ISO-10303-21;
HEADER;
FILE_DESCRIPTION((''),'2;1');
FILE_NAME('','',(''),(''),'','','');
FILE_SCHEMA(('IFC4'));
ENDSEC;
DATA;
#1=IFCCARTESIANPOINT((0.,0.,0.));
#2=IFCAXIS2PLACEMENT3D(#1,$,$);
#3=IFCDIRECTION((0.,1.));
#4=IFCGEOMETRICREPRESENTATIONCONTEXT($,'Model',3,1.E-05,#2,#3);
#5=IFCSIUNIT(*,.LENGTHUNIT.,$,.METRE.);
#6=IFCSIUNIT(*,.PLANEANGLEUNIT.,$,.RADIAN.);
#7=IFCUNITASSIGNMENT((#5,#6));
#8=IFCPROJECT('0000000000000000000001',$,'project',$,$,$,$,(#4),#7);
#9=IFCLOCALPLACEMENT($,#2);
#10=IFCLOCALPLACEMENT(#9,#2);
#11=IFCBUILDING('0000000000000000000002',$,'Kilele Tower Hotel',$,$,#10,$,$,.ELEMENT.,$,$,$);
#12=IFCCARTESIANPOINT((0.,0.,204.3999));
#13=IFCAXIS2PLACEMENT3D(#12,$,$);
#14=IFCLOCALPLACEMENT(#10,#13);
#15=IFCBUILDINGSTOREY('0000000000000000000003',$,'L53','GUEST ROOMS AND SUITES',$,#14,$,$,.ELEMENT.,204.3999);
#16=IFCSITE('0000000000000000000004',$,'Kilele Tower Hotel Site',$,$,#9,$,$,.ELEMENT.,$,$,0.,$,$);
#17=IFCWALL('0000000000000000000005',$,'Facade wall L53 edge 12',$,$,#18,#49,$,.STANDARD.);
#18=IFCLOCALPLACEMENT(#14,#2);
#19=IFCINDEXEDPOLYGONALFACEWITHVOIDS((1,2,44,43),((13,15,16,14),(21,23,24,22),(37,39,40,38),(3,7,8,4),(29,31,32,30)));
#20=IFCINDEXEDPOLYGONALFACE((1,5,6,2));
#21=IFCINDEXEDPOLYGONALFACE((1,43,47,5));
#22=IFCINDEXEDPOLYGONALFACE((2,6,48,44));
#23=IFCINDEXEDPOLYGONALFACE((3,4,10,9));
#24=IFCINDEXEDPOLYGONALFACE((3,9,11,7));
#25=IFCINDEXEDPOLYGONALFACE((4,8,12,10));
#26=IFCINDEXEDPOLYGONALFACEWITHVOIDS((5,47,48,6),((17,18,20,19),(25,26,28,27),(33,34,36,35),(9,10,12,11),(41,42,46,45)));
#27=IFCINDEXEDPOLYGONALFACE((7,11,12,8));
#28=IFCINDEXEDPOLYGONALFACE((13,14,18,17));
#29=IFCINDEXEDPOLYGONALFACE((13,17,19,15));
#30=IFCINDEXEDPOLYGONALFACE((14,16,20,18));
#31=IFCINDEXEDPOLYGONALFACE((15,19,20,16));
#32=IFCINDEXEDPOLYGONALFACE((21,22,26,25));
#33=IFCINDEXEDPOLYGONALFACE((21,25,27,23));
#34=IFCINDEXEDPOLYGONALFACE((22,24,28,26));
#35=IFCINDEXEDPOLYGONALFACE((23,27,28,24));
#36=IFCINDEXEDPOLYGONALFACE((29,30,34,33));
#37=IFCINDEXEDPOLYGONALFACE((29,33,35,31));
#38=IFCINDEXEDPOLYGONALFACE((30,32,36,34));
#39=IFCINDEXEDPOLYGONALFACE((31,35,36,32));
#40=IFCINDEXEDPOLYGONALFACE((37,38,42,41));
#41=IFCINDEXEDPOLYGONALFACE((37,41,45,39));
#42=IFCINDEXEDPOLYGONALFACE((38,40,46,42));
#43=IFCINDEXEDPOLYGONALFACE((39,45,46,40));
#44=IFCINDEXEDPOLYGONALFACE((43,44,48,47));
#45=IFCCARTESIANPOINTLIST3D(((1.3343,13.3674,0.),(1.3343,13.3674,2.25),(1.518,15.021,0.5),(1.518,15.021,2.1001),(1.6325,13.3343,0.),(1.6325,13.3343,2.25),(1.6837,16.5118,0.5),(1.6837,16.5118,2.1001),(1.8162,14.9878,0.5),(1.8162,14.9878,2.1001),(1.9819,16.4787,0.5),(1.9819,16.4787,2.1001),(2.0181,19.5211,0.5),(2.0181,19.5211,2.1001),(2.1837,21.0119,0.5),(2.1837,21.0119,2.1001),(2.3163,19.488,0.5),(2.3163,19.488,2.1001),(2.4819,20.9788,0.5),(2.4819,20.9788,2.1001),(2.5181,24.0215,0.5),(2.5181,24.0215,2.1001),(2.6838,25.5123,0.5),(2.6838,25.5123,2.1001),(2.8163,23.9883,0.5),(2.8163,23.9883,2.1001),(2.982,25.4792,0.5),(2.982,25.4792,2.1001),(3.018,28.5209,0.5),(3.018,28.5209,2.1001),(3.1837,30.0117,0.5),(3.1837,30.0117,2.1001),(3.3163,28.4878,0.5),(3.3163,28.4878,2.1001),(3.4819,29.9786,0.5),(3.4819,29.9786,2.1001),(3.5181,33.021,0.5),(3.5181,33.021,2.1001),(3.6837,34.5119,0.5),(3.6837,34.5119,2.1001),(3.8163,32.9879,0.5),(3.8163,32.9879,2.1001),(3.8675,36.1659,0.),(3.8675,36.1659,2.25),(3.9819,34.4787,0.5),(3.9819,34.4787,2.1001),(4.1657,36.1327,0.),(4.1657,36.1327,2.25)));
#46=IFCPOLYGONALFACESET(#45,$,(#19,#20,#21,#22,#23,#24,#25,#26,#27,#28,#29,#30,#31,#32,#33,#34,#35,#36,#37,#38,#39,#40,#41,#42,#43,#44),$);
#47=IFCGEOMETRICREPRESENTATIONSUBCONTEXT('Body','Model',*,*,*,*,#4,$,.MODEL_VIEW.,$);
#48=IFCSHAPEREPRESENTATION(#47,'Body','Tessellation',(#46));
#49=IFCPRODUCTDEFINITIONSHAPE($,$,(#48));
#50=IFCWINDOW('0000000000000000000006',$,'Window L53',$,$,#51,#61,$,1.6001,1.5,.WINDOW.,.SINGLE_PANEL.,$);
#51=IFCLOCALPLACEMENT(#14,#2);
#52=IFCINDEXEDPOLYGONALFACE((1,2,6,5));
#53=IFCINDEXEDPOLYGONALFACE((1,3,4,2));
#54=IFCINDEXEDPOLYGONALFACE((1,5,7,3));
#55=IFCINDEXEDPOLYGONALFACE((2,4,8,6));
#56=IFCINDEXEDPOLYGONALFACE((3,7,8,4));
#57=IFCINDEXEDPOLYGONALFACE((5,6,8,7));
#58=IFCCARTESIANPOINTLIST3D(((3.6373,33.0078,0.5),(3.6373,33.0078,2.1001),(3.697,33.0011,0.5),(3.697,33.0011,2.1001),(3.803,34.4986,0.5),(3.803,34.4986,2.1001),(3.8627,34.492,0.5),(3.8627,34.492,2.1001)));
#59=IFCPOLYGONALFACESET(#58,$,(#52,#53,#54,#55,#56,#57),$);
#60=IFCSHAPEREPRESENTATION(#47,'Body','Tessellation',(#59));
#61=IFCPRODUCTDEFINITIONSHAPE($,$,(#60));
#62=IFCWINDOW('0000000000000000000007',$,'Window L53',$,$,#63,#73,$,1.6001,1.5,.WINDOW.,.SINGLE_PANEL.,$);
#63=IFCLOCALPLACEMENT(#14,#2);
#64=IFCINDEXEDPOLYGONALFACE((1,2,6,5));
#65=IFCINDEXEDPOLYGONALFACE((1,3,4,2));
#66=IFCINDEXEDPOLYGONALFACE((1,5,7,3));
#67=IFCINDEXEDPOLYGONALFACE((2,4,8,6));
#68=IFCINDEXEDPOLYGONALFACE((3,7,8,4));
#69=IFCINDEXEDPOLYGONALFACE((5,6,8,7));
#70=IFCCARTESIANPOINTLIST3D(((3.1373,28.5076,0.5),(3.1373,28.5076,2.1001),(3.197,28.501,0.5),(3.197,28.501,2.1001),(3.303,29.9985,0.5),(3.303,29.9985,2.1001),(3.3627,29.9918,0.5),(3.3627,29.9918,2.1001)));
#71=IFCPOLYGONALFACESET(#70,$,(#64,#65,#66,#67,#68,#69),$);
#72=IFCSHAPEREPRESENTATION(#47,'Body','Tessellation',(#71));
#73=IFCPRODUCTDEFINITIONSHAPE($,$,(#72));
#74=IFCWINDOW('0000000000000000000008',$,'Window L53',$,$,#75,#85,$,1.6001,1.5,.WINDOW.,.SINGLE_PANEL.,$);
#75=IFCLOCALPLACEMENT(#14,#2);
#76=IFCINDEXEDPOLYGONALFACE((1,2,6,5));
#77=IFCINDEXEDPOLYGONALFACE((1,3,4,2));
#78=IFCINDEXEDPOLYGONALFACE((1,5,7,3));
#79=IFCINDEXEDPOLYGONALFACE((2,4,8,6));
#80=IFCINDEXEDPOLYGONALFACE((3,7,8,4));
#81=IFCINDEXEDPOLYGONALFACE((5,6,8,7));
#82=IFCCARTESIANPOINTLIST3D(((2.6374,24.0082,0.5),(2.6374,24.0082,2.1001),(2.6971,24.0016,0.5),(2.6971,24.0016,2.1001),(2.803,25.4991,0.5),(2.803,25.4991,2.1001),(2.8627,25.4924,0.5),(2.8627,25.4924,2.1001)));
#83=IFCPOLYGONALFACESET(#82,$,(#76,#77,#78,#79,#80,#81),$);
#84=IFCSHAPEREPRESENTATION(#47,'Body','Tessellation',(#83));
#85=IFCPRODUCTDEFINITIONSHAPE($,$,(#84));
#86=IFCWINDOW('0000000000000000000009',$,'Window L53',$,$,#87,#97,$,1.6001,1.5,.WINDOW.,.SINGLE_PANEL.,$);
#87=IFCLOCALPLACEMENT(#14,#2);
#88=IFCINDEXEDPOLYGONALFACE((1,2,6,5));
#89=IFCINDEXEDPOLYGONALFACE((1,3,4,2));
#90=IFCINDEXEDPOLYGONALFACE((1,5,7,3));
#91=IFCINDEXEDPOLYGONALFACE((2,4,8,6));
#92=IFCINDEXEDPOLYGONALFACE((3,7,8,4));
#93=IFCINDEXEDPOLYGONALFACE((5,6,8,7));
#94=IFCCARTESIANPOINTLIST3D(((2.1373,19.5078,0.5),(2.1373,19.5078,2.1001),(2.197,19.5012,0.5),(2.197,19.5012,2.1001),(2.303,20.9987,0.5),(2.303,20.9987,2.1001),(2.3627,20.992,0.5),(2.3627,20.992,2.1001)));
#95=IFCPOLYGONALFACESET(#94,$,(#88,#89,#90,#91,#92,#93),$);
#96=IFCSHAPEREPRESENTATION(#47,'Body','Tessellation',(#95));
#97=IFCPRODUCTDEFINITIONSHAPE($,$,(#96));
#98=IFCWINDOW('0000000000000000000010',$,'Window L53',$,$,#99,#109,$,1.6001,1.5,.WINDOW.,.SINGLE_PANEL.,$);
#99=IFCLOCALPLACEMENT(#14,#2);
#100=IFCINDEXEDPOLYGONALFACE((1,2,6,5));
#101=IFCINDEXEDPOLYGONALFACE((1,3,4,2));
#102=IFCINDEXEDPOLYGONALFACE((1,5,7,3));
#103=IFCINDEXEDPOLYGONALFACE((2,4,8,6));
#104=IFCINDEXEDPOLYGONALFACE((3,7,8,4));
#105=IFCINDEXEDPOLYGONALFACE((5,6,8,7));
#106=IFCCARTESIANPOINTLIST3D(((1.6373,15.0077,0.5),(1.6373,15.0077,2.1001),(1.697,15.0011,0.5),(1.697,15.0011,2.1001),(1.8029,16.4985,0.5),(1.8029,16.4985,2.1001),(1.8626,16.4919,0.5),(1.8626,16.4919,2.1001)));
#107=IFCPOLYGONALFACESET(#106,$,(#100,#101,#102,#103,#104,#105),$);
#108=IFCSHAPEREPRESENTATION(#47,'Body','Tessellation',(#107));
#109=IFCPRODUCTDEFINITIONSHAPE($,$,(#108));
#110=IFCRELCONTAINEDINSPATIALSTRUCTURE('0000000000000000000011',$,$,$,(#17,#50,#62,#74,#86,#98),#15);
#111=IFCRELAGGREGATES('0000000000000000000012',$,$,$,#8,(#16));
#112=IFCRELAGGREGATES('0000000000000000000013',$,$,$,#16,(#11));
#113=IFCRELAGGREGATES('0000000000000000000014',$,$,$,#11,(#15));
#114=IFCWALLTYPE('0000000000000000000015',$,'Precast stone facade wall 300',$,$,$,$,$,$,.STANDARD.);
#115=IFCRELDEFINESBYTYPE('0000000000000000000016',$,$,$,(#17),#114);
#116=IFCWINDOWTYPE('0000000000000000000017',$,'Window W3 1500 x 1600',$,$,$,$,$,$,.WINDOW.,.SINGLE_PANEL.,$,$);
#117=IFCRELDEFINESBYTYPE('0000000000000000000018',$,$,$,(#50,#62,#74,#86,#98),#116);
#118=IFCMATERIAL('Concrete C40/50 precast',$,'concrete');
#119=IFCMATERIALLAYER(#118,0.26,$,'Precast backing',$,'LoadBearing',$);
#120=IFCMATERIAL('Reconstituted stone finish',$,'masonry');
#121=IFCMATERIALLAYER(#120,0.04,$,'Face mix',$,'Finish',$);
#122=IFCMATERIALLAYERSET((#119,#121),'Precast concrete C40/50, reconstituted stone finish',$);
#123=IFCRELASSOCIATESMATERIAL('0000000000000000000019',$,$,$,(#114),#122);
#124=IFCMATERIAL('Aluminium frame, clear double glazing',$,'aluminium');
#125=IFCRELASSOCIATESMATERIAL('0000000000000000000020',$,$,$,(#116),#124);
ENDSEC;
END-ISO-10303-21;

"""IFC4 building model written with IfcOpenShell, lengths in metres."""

from ifc_helpers import new_model, si_unit, direction, frame, frame_2d, origin, place, context, subcontext, project, spatial, rectangle, extrude, material, layer, layer_set, type_object, element, fill, save


model = new_model("IFC4")

# Units and contexts
model_context = context("Model", 3, precision=1e-05, world=origin(), true_north=direction((0.0, 1.0)))
body_context = subcontext(model_context, "Body", "Model", "MODEL_VIEW")
ifc_project = project(units=[si_unit("LENGTHUNIT", "METRE"), si_unit("PLANEANGLEUNIT", "RADIAN")], contexts=[model_context])

# Site, building, storey
site_placement = place(None, origin())
site = spatial("IfcSite", under=ifc_project, at=site_placement, Name="Kilele Tower Hotel Site", CompositionType="ELEMENT", RefElevation=0.0)
building_placement = place(site_placement, origin())
building = spatial("IfcBuilding", under=site, at=building_placement, Name="Kilele Tower Hotel", CompositionType="ELEMENT")
storey_placement = place(building_placement, frame((0.0, 0.0, 204.3999)))
storey = spatial("IfcBuildingStorey", under=building, at=storey_placement, Name="L53", Description="GUEST ROOMS AND SUITES", CompositionType="ELEMENT", Elevation=204.3999)

# Shared definitions
ifc_material_1 = material(Name="Concrete C40/50 precast", Category="concrete")
ifc_layer_1 = layer(ifc_material_1, 0.26, Name="Precast backing", Category="LoadBearing")
ifc_material_2 = material(Name="Reconstituted stone finish", Category="masonry")
ifc_layer_2 = layer(ifc_material_2, 0.04, Name="Face mix", Category="Finish")
ifc_layer_set_1 = layer_set([ifc_layer_1, ifc_layer_2], Name="Precast concrete C40/50, reconstituted stone finish")
wall_type_1 = type_object("IfcWallType", Name="Precast stone facade wall 300", PredefinedType="STANDARD", material=ifc_layer_set_1)

# Wall, openings, windows
wall_1_placement = place(storey_placement, frame((4.0166, 36.1492, 0.0), z_axis=(0.0, 0.0, 1.0), x_axis=(-0.110434, -0.993883, 0.0)))
wall_1 = element("IfcWall", 1, at=wall_1_placement, inside=storey, type_object=wall_type_1, Name="Facade wall L53 edge 12", PredefinedType="STANDARD", context=body_context, shape_type="SweptSolid", body=[
    extrude(rectangle(XDim=22.9387, YDim=0.3, at=frame_2d((11.4692, 0.0))), origin(), (0.0, 0.0, 1.0), 2.25),
])
opening_1_placement = place(wall_1_placement, frame((1.6641, 0.0, 0.5)))
opening_1 = element("IfcOpeningElement", 2, at=opening_1_placement, cuts=wall_1, PredefinedType="OPENING", context=body_context, shape_type="SweptSolid", body=[
    extrude(rectangle(XDim=1.5, YDim=1.6001, at=frame_2d((0.75, 0.8))), frame((0.0, 0.1599, 0.0), z_axis=(0.0, -1.0, 0.0), x_axis=(1.0, 0.0, 0.0)), (0.0, 0.0, 1.0), 0.3201),
])
opening_2_placement = place(wall_1_placement, frame((6.1919, 0.0, 0.5)))
opening_2 = element("IfcOpeningElement", 3, at=opening_2_placement, cuts=wall_1, PredefinedType="OPENING", context=body_context, shape_type="SweptSolid", body=[
    extrude(rectangle(XDim=1.5, YDim=1.6001, at=frame_2d((0.75, 0.8))), frame((0.0, 0.1599, 0.0), z_axis=(0.0, -1.0, 0.0), x_axis=(1.0, 0.0, 0.0)), (0.0, 0.0, 1.0), 0.3201),
])
opening_3_placement = place(wall_1_placement, frame((10.719, 0.0, 0.5)))
opening_3 = element("IfcOpeningElement", 4, at=opening_3_placement, cuts=wall_1, PredefinedType="OPENING", context=body_context, shape_type="SweptSolid", body=[
    extrude(rectangle(XDim=1.5, YDim=1.6001, at=frame_2d((0.75, 0.8))), frame((0.0, 0.1599, 0.0), z_axis=(0.0, -1.0, 0.0), x_axis=(1.0, 0.0, 0.0)), (0.0, 0.0, 1.0), 0.3201),
])
opening_4_placement = place(wall_1_placement, frame((15.2471, 0.0, 0.5)))
opening_4 = element("IfcOpeningElement", 5, at=opening_4_placement, cuts=wall_1, PredefinedType="OPENING", context=body_context, shape_type="SweptSolid", body=[
    extrude(rectangle(XDim=1.5, YDim=1.6001, at=frame_2d((0.75, 0.8))), frame((0.0, 0.1599, 0.0), z_axis=(0.0, -1.0, 0.0), x_axis=(1.0, 0.0, 0.0)), (0.0, 0.0, 1.0), 0.3201),
])
opening_5_placement = place(wall_1_placement, frame((19.7749, 0.0, 0.5)))
opening_5 = element("IfcOpeningElement", 6, at=opening_5_placement, cuts=wall_1, PredefinedType="OPENING", context=body_context, shape_type="SweptSolid", body=[
    extrude(rectangle(XDim=1.5, YDim=1.6001, at=frame_2d((0.75, 0.8))), frame((0.0, 0.1599, 0.0), z_axis=(0.0, -1.0, 0.0), x_axis=(1.0, 0.0, 0.0)), (0.0, 0.0, 1.0), 0.3201),
])
ifc_material_3 = material(Name="Aluminium frame, clear double glazing", Category="aluminium")
window_type_1 = type_object("IfcWindowType", Name="Window W3 1500 x 1600", PartitioningType="SINGLE_PANEL", PredefinedType="WINDOW", material=ifc_material_3)
window_1_placement = place(opening_1_placement, origin())
window_1 = element("IfcWindow", 7, at=window_1_placement, inside=storey, type_object=window_type_1, Name="Window L53", OverallHeight=1.6001, OverallWidth=1.5, PartitioningType="SINGLE_PANEL", PredefinedType="WINDOW", context=body_context, shape_type="SweptSolid", body=[
    extrude(rectangle(XDim=1.5, YDim=1.6001, at=frame_2d((0.75, 0.8))), frame((0.0, 0.03, 0.0), z_axis=(0.0, -1.0, 0.0), x_axis=(1.0, 0.0, 0.0)), (0.0, 0.0, 1.0), 0.0601),
])
fill(opening_1, window_1)
window_2_placement = place(opening_2_placement, origin())
window_2 = element("IfcWindow", 8, at=window_2_placement, inside=storey, type_object=window_type_1, Name="Window L53", OverallHeight=1.6001, OverallWidth=1.5, PartitioningType="SINGLE_PANEL", PredefinedType="WINDOW", context=body_context, shape_type="SweptSolid", body=[
    extrude(rectangle(XDim=1.5, YDim=1.6001, at=frame_2d((0.75, 0.8))), frame((0.0, 0.03, 0.0), z_axis=(0.0, -1.0, 0.0), x_axis=(1.0, 0.0, 0.0)), (0.0, 0.0, 1.0), 0.0601),
])
fill(opening_2, window_2)
window_3_placement = place(opening_3_placement, origin())
window_3 = element("IfcWindow", 9, at=window_3_placement, inside=storey, type_object=window_type_1, Name="Window L53", OverallHeight=1.6001, OverallWidth=1.5, PartitioningType="SINGLE_PANEL", PredefinedType="WINDOW", context=body_context, shape_type="SweptSolid", body=[
    extrude(rectangle(XDim=1.5, YDim=1.6001, at=frame_2d((0.75, 0.8))), frame((0.0, 0.03, 0.0), z_axis=(0.0, -1.0, 0.0), x_axis=(1.0, 0.0, 0.0)), (0.0, 0.0, 1.0), 0.0601),
])
fill(opening_3, window_3)
window_4_placement = place(opening_4_placement, origin())
window_4 = element("IfcWindow", 10, at=window_4_placement, inside=storey, type_object=window_type_1, Name="Window L53", OverallHeight=1.6001, OverallWidth=1.5, PartitioningType="SINGLE_PANEL", PredefinedType="WINDOW", context=body_context, shape_type="SweptSolid", body=[
    extrude(rectangle(XDim=1.5, YDim=1.6001, at=frame_2d((0.75, 0.8))), frame((0.0, 0.03, 0.0), z_axis=(0.0, -1.0, 0.0), x_axis=(1.0, 0.0, 0.0)), (0.0, 0.0, 1.0), 0.0601),
])
fill(opening_4, window_4)
window_5_placement = place(opening_5_placement, origin())
window_5 = element("IfcWindow", 11, at=window_5_placement, inside=storey, type_object=window_type_1, Name="Window L53", OverallHeight=1.6001, OverallWidth=1.5, PartitioningType="SINGLE_PANEL", PredefinedType="WINDOW", context=body_context, shape_type="SweptSolid", body=[
    extrude(rectangle(XDim=1.5, YDim=1.6001, at=frame_2d((0.75, 0.8))), frame((0.0, 0.03, 0.0), z_axis=(0.0, -1.0, 0.0), x_axis=(1.0, 0.0, 0.0)), (0.0, 0.0, 1.0), 0.0601),
])
fill(opening_5, window_5)

save(model, "model.ifc")
